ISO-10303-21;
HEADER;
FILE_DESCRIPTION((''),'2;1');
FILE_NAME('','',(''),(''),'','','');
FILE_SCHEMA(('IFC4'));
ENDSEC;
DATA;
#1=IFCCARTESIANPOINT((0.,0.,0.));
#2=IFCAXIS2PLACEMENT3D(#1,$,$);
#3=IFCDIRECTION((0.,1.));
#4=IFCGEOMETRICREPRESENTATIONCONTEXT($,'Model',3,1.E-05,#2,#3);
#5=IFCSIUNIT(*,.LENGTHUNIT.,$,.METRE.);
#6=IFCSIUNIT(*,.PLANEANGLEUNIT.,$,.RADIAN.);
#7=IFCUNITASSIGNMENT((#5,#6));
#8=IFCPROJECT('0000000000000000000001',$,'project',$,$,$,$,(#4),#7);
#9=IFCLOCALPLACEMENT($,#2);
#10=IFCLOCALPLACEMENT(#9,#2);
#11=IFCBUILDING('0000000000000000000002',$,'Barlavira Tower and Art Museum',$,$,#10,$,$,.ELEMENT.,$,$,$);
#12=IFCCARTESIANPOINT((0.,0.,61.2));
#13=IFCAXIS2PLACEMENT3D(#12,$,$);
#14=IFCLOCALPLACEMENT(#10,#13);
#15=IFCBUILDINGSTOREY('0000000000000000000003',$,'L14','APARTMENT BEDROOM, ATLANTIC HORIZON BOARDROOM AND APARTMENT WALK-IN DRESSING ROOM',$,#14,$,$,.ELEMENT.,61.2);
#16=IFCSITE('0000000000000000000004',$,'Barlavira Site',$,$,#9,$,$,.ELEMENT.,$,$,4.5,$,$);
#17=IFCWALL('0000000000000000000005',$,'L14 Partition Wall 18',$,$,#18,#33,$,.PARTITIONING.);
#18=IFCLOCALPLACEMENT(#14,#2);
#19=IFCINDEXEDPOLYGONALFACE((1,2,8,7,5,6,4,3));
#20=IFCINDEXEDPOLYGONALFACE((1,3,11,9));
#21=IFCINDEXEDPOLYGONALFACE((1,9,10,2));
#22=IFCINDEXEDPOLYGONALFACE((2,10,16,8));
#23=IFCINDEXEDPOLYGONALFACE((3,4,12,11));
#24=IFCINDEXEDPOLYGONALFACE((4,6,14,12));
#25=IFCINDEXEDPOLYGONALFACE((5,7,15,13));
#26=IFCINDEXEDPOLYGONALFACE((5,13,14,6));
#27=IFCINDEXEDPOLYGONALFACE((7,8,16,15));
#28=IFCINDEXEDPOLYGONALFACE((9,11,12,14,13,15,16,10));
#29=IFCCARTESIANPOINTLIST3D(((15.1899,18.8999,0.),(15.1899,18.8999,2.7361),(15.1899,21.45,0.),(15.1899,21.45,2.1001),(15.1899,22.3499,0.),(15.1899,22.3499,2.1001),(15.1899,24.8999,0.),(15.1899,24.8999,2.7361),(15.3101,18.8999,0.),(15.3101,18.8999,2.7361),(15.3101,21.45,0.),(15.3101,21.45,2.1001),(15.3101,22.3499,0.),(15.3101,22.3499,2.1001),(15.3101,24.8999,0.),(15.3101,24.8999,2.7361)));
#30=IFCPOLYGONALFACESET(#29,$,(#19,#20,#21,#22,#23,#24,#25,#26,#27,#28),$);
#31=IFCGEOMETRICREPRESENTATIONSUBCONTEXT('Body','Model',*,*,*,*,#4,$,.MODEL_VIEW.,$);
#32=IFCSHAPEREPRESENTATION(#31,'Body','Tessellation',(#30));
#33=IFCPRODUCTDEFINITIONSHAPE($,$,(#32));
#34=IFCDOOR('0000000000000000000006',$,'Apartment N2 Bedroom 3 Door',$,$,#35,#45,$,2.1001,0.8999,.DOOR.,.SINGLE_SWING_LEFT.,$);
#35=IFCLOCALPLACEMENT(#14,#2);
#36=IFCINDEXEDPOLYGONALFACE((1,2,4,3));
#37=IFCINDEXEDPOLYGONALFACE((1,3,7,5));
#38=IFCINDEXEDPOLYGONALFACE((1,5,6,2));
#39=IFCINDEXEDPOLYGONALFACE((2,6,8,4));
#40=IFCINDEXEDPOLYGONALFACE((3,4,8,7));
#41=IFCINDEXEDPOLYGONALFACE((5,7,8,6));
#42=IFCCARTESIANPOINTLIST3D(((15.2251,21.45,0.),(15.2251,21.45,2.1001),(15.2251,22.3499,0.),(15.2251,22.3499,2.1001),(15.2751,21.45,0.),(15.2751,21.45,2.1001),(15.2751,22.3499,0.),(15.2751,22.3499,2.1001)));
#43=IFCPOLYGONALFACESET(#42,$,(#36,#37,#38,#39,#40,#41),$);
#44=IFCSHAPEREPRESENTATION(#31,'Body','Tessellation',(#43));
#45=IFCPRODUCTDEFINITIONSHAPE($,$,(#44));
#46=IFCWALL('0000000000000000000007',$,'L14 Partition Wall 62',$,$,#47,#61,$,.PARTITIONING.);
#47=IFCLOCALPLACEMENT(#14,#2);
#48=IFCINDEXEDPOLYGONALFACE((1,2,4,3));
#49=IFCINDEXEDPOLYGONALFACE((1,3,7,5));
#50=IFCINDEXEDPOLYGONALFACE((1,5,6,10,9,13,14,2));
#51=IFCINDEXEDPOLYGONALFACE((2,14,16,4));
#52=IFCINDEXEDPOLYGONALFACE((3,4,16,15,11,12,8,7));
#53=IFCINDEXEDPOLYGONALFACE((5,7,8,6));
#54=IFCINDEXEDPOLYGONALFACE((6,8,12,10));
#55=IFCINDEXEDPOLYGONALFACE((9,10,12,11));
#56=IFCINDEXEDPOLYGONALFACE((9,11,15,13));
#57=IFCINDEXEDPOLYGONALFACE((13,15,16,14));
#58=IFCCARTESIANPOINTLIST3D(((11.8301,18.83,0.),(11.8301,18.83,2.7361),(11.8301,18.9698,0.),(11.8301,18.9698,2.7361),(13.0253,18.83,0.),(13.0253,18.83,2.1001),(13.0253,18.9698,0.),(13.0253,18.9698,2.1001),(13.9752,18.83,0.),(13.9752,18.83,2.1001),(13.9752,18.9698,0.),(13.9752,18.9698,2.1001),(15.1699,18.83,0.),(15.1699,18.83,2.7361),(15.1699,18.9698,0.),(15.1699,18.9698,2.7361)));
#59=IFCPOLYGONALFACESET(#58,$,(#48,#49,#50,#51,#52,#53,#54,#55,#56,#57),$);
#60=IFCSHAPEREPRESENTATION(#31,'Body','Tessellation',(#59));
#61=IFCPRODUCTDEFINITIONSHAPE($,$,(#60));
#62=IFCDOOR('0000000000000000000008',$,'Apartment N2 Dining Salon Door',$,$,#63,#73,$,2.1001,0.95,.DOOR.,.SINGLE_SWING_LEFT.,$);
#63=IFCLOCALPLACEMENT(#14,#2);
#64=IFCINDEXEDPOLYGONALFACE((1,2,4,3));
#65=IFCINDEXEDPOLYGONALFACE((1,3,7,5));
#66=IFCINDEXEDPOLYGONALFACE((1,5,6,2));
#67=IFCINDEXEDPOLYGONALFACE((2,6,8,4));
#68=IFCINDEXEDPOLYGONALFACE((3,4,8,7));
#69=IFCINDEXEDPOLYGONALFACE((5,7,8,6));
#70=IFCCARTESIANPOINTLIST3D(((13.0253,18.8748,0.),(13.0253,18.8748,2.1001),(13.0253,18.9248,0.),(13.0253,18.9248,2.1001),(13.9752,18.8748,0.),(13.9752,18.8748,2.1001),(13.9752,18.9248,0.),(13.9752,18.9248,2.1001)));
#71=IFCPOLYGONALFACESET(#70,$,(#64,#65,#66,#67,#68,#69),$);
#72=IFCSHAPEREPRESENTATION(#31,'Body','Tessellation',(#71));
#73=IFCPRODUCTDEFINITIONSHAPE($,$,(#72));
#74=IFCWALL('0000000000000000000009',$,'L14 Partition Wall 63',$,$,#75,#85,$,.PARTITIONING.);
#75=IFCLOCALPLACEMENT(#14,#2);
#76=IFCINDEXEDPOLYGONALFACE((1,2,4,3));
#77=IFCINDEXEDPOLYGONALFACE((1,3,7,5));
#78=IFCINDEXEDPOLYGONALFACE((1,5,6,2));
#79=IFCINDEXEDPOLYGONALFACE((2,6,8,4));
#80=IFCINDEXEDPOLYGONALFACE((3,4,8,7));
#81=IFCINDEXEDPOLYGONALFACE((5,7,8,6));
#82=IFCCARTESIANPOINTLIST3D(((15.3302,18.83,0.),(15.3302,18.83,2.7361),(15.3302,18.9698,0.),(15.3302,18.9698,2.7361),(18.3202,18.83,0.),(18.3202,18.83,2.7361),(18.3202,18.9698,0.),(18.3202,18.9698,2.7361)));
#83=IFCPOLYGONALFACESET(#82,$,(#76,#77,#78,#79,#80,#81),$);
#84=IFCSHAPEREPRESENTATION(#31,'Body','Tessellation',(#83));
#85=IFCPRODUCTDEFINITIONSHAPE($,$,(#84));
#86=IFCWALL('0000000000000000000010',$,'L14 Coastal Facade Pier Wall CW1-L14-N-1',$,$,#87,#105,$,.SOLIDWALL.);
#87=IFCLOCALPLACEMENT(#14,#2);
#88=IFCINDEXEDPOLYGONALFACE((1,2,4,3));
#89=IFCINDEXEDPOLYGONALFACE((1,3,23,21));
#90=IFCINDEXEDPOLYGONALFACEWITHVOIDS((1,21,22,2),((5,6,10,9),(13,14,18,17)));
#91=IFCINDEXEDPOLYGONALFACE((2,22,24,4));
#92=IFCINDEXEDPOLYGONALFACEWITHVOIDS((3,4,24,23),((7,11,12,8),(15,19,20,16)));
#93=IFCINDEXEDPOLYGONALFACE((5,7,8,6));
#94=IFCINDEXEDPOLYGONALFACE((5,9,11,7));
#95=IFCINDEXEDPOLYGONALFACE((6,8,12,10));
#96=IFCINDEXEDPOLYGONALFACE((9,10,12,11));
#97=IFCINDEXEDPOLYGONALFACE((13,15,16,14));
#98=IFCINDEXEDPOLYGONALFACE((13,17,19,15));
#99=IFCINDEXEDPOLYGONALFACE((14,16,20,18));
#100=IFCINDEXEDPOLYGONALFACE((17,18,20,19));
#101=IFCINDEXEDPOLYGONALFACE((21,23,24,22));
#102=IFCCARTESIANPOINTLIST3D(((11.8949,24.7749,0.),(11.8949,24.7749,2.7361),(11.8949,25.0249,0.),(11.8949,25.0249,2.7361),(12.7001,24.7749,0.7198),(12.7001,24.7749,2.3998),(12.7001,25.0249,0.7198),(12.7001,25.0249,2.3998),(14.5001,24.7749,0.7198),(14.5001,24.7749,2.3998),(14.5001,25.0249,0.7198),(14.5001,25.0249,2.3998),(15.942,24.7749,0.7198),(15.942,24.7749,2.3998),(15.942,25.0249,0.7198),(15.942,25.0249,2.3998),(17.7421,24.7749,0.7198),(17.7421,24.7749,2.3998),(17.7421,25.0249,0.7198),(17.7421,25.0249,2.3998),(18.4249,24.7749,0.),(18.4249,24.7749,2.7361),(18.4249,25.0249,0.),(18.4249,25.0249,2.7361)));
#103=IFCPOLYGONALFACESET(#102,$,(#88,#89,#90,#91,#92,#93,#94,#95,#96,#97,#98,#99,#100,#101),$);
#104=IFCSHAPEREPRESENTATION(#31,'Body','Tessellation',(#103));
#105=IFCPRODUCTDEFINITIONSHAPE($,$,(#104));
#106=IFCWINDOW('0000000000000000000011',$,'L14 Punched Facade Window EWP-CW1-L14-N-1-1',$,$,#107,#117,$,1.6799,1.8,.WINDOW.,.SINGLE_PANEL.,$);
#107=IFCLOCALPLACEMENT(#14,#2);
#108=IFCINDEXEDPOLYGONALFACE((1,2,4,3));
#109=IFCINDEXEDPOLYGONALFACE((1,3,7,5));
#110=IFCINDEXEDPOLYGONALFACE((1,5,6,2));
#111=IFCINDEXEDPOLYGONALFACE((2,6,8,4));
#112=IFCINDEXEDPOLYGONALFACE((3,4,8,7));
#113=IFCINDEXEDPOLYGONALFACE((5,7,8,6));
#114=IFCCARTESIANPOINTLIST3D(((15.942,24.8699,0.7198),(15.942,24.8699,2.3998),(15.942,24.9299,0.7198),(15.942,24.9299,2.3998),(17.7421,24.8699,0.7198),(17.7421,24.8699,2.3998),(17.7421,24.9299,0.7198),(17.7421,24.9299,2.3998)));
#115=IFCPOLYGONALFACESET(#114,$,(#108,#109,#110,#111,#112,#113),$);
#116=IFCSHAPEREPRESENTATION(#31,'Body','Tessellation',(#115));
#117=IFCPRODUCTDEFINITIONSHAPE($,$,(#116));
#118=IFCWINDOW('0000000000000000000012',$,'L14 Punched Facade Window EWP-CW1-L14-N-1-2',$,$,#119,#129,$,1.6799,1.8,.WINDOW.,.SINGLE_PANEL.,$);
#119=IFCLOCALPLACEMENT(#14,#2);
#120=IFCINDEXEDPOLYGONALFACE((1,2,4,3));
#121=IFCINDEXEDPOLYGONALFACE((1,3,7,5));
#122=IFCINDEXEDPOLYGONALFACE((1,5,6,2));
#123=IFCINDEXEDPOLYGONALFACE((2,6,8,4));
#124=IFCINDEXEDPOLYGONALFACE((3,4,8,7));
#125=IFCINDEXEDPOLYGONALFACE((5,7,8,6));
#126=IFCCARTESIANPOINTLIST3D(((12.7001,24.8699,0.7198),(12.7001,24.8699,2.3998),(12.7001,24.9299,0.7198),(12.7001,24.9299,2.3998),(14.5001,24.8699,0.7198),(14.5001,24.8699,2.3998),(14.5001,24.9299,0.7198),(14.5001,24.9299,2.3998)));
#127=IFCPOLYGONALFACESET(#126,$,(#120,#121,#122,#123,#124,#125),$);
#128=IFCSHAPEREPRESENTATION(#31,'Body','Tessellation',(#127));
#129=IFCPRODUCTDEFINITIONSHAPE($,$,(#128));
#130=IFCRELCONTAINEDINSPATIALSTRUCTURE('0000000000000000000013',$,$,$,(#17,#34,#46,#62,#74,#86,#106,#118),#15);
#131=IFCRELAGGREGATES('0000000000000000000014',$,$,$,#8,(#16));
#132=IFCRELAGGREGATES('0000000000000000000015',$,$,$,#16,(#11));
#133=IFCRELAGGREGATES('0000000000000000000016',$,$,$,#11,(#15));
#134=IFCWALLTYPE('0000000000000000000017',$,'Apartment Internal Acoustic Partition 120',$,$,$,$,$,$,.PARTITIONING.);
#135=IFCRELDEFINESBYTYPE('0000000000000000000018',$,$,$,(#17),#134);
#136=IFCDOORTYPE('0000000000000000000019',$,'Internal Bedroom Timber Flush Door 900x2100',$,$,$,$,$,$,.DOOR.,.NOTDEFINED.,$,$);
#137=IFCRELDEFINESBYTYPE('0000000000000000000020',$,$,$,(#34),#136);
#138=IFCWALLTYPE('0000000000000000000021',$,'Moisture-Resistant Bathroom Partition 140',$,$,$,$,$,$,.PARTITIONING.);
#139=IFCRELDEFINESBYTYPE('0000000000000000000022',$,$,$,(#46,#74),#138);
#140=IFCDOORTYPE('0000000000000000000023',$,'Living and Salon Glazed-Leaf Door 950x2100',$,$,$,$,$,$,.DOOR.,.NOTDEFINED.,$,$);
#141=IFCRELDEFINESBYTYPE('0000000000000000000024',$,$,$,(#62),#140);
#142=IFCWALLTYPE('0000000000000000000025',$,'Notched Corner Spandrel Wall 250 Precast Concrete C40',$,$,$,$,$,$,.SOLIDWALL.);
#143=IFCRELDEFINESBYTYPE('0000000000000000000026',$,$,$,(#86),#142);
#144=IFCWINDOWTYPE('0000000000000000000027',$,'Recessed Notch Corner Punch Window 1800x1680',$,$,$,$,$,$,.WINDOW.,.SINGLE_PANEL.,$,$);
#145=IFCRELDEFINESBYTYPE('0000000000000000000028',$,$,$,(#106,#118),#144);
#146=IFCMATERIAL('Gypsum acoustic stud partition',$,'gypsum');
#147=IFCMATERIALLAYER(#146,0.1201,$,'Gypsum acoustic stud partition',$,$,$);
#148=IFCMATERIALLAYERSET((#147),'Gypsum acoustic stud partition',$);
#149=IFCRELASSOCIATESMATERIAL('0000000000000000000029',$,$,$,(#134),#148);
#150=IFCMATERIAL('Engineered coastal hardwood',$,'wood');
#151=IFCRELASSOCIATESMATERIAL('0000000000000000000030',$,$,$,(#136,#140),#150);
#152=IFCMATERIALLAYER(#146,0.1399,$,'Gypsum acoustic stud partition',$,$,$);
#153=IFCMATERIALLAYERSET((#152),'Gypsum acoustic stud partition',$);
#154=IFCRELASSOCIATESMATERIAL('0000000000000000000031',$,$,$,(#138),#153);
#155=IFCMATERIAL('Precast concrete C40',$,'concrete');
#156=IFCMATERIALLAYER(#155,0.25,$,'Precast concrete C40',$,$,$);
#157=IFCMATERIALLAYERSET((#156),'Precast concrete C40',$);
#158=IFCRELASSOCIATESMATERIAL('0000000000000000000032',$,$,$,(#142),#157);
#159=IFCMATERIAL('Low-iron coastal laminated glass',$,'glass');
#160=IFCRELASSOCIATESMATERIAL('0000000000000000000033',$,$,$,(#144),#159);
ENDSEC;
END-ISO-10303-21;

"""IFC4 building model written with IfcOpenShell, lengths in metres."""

from ifc_helpers import new_model, si_unit, direction, frame, frame_2d, origin, place, context, subcontext, project, spatial, rectangle, extrude, material, layer, layer_set, type_object, element, fill, save


model = new_model("IFC4")

# Units and contexts
model_context = context("Model", 3, precision=1e-05, world=origin(), true_north=direction((0.0, 1.0)))
body_context = subcontext(model_context, "Body", "Model", "MODEL_VIEW")
ifc_project = project(units=[si_unit("LENGTHUNIT", "METRE"), si_unit("PLANEANGLEUNIT", "RADIAN")], contexts=[model_context])

# Site, building, storey
site_placement = place(None, origin())
site = spatial("IfcSite", under=ifc_project, at=site_placement, Name="Barlavira Site", CompositionType="ELEMENT", RefElevation=4.5)
building_placement = place(site_placement, origin())
building = spatial("IfcBuilding", under=site, at=building_placement, Name="Barlavira Tower and Art Museum", CompositionType="ELEMENT")
storey_placement = place(building_placement, frame((0.0, 0.0, 61.2)))
storey = spatial("IfcBuildingStorey", under=building, at=storey_placement, Name="L14", Description="APARTMENT BEDROOM, ATLANTIC HORIZON BOARDROOM AND APARTMENT WALK-IN DRESSING ROOM", CompositionType="ELEMENT", Elevation=61.2)

# Walls, openings, doors
ifc_material_1 = material(Name="Gypsum acoustic stud partition", Category="gypsum")
ifc_layer_1 = layer(ifc_material_1, 0.1201, Name="Gypsum acoustic stud partition")
ifc_layer_set_1 = layer_set([ifc_layer_1], Name="Gypsum acoustic stud partition")
wall_type_1 = type_object("IfcWallType", Name="Apartment Internal Acoustic Partition 120", PredefinedType="PARTITIONING", material=ifc_layer_set_1)
wall_1_placement = place(storey_placement, frame((15.25, 18.8999, 0.0), z_axis=(0.0, 0.0, 1.0), x_axis=(0.0, 1.0, 0.0)))
wall_1 = element("IfcWall", 1, at=wall_1_placement, inside=storey, type_object=wall_type_1, Name="L14 Partition Wall 18", PredefinedType="PARTITIONING", context=body_context, shape_type="SweptSolid", body=[
    extrude(rectangle(XDim=6.0, YDim=0.1201, at=frame_2d((3.0, 0.0))), origin(), (0.0, 0.0, 1.0), 2.7361),
])
opening_1_placement = place(wall_1_placement, frame((2.55, 0.0, 0.0)))
opening_1 = element("IfcOpeningElement", 2, at=opening_1_placement, cuts=wall_1, PredefinedType="OPENING", context=body_context, shape_type="SweptSolid", body=[
    extrude(rectangle(XDim=0.8999, YDim=2.1001, at=frame_2d((0.45, 1.05))), frame((0.0, 0.0701, 0.0), z_axis=(0.0, -1.0, 0.0), x_axis=(1.0, 0.0, 0.0)), (0.0, 0.0, 1.0), 0.1401),
])
ifc_material_2 = material(Name="Engineered coastal hardwood", Category="wood")
door_type_1 = type_object("IfcDoorType", Name="Internal Bedroom Timber Flush Door 900x2100", OperationType="NOTDEFINED", PredefinedType="DOOR", material=ifc_material_2)
door_1_placement = place(opening_1_placement, origin())
door_1 = element("IfcDoor", 3, at=door_1_placement, inside=storey, type_object=door_type_1, Name="Apartment N2 Bedroom 3 Door", OperationType="SINGLE_SWING_LEFT", OverallHeight=2.1001, OverallWidth=0.8999, PredefinedType="DOOR", context=body_context, shape_type="SweptSolid", body=[
    extrude(rectangle(XDim=0.8999, YDim=2.1001, at=frame_2d((0.45, 1.05))), frame((0.0, 0.0249, 0.0), z_axis=(0.0, -1.0, 0.0), x_axis=(1.0, 0.0, 0.0)), (0.0, 0.0, 1.0), 0.05),
])
fill(opening_1, door_1)
ifc_layer_2 = layer(ifc_material_1, 0.1399, Name="Gypsum acoustic stud partition")
ifc_layer_set_2 = layer_set([ifc_layer_2], Name="Gypsum acoustic stud partition")
wall_type_2 = type_object("IfcWallType", Name="Moisture-Resistant Bathroom Partition 140", PredefinedType="PARTITIONING", material=ifc_layer_set_2)
wall_2_placement = place(storey_placement, frame((11.8301, 18.8999, 0.0), z_axis=(0.0, 0.0, 1.0), x_axis=(1.0, 0.0, 0.0)))
wall_2 = element("IfcWall", 4, at=wall_2_placement, inside=storey, type_object=wall_type_2, Name="L14 Partition Wall 62", PredefinedType="PARTITIONING", context=body_context, shape_type="SweptSolid", body=[
    extrude(rectangle(XDim=3.3398, YDim=0.1399, at=frame_2d((1.6699, 0.0))), origin(), (0.0, 0.0, 1.0), 2.7361),
])
opening_2_placement = place(wall_2_placement, frame((1.1951, 0.0, 0.0)))
opening_2 = element("IfcOpeningElement", 5, at=opening_2_placement, cuts=wall_2, PredefinedType="OPENING", context=body_context, shape_type="SweptSolid", body=[
    extrude(rectangle(XDim=0.95, YDim=2.1001, at=frame_2d((0.4751, 1.05))), frame((0.0, 0.0801, 0.0), z_axis=(0.0, -1.0, 0.0), x_axis=(1.0, 0.0, 0.0)), (0.0, 0.0, 1.0), 0.1599),
])
door_type_2 = type_object("IfcDoorType", Name="Living and Salon Glazed-Leaf Door 950x2100", OperationType="NOTDEFINED", PredefinedType="DOOR", material=ifc_material_2)
door_2_placement = place(opening_2_placement, origin())
door_2 = element("IfcDoor", 6, at=door_2_placement, inside=storey, type_object=door_type_2, Name="Apartment N2 Dining Salon Door", OperationType="SINGLE_SWING_LEFT", OverallHeight=2.1001, OverallWidth=0.95, PredefinedType="DOOR", context=body_context, shape_type="SweptSolid", body=[
    extrude(rectangle(XDim=0.95, YDim=2.1001, at=frame_2d((0.4751, 1.05))), frame((0.0, 0.0249, 0.0), z_axis=(0.0, -1.0, 0.0), x_axis=(1.0, 0.0, 0.0)), (0.0, 0.0, 1.0), 0.05),
])
fill(opening_2, door_2)

# Wall
wall_3_placement = place(storey_placement, frame((15.3301, 18.8999, 0.0), z_axis=(0.0, 0.0, 1.0), x_axis=(1.0, 0.0, 0.0)))
element("IfcWall", 7, at=wall_3_placement, inside=storey, type_object=wall_type_2, Name="L14 Partition Wall 63", PredefinedType="PARTITIONING", context=body_context, shape_type="SweptSolid", body=[
    extrude(rectangle(XDim=2.99, YDim=0.1399, at=frame_2d((1.4951, 0.0))), origin(), (0.0, 0.0, 1.0), 2.7361),
])

# Wall, openings, windows
ifc_material_3 = material(Name="Precast concrete C40", Category="concrete")
ifc_layer_3 = layer(ifc_material_3, 0.25, Name="Precast concrete C40")
ifc_layer_set_3 = layer_set([ifc_layer_3], Name="Precast concrete C40")
wall_type_3 = type_object("IfcWallType", Name="Notched Corner Spandrel Wall 250 Precast Concrete C40", PredefinedType="SOLIDWALL", material=ifc_layer_set_3)
wall_4_placement = place(storey_placement, frame((18.425, 24.8999, 0.0), z_axis=(0.0, 0.0, 1.0), x_axis=(-1.0, 0.0, 0.0)))
wall_4 = element("IfcWall", 8, at=wall_4_placement, inside=storey, type_object=wall_type_3, Name="L14 Coastal Facade Pier Wall CW1-L14-N-1", PredefinedType="SOLIDWALL", context=body_context, shape_type="SweptSolid", body=[
    extrude(rectangle(XDim=6.53, YDim=0.25, at=frame_2d((3.2651, 0.0))), origin(), (0.0, 0.0, 1.0), 2.7361),
])
opening_3_placement = place(wall_4_placement, frame((0.6831, 0.0, 0.72)))
opening_3 = element("IfcOpeningElement", 9, at=opening_3_placement, cuts=wall_4, PredefinedType="OPENING", context=body_context, shape_type="SweptSolid", body=[
    extrude(rectangle(XDim=1.8, YDim=1.6799, at=frame_2d((0.8999, 0.8398))), frame((0.0, 0.135, 0.0), z_axis=(0.0, -1.0, 0.0), x_axis=(1.0, 0.0, 0.0)), (0.0, 0.0, 1.0), 0.27),
])
opening_4_placement = place(wall_4_placement, frame((3.925, 0.0, 0.72)))
opening_4 = element("IfcOpeningElement", 10, at=opening_4_placement, cuts=wall_4, PredefinedType="OPENING", context=body_context, shape_type="SweptSolid", body=[
    extrude(rectangle(XDim=1.8, YDim=1.6799, at=frame_2d((0.8999, 0.8398))), frame((0.0, 0.135, 0.0), z_axis=(0.0, -1.0, 0.0), x_axis=(1.0, 0.0, 0.0)), (0.0, 0.0, 1.0), 0.27),
])
ifc_material_4 = material(Name="Low-iron coastal laminated glass", Category="glass")
window_type = type_object("IfcWindowType", Name="Recessed Notch Corner Punch Window 1800x1680", PartitioningType="SINGLE_PANEL", PredefinedType="WINDOW", material=ifc_material_4)
window_1_placement = place(opening_3_placement, origin())
window_1 = element("IfcWindow", 11, at=window_1_placement, inside=storey, type_object=window_type, Name="L14 Punched Facade Window EWP-CW1-L14-N-1-1", OverallHeight=1.6799, OverallWidth=1.8, PartitioningType="SINGLE_PANEL", PredefinedType="WINDOW", context=body_context, shape_type="SweptSolid", body=[
    extrude(rectangle(XDim=1.8, YDim=1.6799, at=frame_2d((0.8999, 0.8398))), frame((0.0, 0.03, 0.0), z_axis=(0.0, -1.0, 0.0), x_axis=(1.0, 0.0, 0.0)), (0.0, 0.0, 1.0), 0.0601),
])
fill(opening_3, window_1)
window_2_placement = place(opening_4_placement, origin())
window_2 = element("IfcWindow", 12, at=window_2_placement, inside=storey, type_object=window_type, Name="L14 Punched Facade Window EWP-CW1-L14-N-1-2", OverallHeight=1.6799, OverallWidth=1.8, PartitioningType="SINGLE_PANEL", PredefinedType="WINDOW", context=body_context, shape_type="SweptSolid", body=[
    extrude(rectangle(XDim=1.8, YDim=1.6799, at=frame_2d((0.8999, 0.8398))), frame((0.0, 0.03, 0.0), z_axis=(0.0, -1.0, 0.0), x_axis=(1.0, 0.0, 0.0)), (0.0, 0.0, 1.0), 0.0601),
])
fill(opening_4, window_2)

save(model, "model.ifc")
